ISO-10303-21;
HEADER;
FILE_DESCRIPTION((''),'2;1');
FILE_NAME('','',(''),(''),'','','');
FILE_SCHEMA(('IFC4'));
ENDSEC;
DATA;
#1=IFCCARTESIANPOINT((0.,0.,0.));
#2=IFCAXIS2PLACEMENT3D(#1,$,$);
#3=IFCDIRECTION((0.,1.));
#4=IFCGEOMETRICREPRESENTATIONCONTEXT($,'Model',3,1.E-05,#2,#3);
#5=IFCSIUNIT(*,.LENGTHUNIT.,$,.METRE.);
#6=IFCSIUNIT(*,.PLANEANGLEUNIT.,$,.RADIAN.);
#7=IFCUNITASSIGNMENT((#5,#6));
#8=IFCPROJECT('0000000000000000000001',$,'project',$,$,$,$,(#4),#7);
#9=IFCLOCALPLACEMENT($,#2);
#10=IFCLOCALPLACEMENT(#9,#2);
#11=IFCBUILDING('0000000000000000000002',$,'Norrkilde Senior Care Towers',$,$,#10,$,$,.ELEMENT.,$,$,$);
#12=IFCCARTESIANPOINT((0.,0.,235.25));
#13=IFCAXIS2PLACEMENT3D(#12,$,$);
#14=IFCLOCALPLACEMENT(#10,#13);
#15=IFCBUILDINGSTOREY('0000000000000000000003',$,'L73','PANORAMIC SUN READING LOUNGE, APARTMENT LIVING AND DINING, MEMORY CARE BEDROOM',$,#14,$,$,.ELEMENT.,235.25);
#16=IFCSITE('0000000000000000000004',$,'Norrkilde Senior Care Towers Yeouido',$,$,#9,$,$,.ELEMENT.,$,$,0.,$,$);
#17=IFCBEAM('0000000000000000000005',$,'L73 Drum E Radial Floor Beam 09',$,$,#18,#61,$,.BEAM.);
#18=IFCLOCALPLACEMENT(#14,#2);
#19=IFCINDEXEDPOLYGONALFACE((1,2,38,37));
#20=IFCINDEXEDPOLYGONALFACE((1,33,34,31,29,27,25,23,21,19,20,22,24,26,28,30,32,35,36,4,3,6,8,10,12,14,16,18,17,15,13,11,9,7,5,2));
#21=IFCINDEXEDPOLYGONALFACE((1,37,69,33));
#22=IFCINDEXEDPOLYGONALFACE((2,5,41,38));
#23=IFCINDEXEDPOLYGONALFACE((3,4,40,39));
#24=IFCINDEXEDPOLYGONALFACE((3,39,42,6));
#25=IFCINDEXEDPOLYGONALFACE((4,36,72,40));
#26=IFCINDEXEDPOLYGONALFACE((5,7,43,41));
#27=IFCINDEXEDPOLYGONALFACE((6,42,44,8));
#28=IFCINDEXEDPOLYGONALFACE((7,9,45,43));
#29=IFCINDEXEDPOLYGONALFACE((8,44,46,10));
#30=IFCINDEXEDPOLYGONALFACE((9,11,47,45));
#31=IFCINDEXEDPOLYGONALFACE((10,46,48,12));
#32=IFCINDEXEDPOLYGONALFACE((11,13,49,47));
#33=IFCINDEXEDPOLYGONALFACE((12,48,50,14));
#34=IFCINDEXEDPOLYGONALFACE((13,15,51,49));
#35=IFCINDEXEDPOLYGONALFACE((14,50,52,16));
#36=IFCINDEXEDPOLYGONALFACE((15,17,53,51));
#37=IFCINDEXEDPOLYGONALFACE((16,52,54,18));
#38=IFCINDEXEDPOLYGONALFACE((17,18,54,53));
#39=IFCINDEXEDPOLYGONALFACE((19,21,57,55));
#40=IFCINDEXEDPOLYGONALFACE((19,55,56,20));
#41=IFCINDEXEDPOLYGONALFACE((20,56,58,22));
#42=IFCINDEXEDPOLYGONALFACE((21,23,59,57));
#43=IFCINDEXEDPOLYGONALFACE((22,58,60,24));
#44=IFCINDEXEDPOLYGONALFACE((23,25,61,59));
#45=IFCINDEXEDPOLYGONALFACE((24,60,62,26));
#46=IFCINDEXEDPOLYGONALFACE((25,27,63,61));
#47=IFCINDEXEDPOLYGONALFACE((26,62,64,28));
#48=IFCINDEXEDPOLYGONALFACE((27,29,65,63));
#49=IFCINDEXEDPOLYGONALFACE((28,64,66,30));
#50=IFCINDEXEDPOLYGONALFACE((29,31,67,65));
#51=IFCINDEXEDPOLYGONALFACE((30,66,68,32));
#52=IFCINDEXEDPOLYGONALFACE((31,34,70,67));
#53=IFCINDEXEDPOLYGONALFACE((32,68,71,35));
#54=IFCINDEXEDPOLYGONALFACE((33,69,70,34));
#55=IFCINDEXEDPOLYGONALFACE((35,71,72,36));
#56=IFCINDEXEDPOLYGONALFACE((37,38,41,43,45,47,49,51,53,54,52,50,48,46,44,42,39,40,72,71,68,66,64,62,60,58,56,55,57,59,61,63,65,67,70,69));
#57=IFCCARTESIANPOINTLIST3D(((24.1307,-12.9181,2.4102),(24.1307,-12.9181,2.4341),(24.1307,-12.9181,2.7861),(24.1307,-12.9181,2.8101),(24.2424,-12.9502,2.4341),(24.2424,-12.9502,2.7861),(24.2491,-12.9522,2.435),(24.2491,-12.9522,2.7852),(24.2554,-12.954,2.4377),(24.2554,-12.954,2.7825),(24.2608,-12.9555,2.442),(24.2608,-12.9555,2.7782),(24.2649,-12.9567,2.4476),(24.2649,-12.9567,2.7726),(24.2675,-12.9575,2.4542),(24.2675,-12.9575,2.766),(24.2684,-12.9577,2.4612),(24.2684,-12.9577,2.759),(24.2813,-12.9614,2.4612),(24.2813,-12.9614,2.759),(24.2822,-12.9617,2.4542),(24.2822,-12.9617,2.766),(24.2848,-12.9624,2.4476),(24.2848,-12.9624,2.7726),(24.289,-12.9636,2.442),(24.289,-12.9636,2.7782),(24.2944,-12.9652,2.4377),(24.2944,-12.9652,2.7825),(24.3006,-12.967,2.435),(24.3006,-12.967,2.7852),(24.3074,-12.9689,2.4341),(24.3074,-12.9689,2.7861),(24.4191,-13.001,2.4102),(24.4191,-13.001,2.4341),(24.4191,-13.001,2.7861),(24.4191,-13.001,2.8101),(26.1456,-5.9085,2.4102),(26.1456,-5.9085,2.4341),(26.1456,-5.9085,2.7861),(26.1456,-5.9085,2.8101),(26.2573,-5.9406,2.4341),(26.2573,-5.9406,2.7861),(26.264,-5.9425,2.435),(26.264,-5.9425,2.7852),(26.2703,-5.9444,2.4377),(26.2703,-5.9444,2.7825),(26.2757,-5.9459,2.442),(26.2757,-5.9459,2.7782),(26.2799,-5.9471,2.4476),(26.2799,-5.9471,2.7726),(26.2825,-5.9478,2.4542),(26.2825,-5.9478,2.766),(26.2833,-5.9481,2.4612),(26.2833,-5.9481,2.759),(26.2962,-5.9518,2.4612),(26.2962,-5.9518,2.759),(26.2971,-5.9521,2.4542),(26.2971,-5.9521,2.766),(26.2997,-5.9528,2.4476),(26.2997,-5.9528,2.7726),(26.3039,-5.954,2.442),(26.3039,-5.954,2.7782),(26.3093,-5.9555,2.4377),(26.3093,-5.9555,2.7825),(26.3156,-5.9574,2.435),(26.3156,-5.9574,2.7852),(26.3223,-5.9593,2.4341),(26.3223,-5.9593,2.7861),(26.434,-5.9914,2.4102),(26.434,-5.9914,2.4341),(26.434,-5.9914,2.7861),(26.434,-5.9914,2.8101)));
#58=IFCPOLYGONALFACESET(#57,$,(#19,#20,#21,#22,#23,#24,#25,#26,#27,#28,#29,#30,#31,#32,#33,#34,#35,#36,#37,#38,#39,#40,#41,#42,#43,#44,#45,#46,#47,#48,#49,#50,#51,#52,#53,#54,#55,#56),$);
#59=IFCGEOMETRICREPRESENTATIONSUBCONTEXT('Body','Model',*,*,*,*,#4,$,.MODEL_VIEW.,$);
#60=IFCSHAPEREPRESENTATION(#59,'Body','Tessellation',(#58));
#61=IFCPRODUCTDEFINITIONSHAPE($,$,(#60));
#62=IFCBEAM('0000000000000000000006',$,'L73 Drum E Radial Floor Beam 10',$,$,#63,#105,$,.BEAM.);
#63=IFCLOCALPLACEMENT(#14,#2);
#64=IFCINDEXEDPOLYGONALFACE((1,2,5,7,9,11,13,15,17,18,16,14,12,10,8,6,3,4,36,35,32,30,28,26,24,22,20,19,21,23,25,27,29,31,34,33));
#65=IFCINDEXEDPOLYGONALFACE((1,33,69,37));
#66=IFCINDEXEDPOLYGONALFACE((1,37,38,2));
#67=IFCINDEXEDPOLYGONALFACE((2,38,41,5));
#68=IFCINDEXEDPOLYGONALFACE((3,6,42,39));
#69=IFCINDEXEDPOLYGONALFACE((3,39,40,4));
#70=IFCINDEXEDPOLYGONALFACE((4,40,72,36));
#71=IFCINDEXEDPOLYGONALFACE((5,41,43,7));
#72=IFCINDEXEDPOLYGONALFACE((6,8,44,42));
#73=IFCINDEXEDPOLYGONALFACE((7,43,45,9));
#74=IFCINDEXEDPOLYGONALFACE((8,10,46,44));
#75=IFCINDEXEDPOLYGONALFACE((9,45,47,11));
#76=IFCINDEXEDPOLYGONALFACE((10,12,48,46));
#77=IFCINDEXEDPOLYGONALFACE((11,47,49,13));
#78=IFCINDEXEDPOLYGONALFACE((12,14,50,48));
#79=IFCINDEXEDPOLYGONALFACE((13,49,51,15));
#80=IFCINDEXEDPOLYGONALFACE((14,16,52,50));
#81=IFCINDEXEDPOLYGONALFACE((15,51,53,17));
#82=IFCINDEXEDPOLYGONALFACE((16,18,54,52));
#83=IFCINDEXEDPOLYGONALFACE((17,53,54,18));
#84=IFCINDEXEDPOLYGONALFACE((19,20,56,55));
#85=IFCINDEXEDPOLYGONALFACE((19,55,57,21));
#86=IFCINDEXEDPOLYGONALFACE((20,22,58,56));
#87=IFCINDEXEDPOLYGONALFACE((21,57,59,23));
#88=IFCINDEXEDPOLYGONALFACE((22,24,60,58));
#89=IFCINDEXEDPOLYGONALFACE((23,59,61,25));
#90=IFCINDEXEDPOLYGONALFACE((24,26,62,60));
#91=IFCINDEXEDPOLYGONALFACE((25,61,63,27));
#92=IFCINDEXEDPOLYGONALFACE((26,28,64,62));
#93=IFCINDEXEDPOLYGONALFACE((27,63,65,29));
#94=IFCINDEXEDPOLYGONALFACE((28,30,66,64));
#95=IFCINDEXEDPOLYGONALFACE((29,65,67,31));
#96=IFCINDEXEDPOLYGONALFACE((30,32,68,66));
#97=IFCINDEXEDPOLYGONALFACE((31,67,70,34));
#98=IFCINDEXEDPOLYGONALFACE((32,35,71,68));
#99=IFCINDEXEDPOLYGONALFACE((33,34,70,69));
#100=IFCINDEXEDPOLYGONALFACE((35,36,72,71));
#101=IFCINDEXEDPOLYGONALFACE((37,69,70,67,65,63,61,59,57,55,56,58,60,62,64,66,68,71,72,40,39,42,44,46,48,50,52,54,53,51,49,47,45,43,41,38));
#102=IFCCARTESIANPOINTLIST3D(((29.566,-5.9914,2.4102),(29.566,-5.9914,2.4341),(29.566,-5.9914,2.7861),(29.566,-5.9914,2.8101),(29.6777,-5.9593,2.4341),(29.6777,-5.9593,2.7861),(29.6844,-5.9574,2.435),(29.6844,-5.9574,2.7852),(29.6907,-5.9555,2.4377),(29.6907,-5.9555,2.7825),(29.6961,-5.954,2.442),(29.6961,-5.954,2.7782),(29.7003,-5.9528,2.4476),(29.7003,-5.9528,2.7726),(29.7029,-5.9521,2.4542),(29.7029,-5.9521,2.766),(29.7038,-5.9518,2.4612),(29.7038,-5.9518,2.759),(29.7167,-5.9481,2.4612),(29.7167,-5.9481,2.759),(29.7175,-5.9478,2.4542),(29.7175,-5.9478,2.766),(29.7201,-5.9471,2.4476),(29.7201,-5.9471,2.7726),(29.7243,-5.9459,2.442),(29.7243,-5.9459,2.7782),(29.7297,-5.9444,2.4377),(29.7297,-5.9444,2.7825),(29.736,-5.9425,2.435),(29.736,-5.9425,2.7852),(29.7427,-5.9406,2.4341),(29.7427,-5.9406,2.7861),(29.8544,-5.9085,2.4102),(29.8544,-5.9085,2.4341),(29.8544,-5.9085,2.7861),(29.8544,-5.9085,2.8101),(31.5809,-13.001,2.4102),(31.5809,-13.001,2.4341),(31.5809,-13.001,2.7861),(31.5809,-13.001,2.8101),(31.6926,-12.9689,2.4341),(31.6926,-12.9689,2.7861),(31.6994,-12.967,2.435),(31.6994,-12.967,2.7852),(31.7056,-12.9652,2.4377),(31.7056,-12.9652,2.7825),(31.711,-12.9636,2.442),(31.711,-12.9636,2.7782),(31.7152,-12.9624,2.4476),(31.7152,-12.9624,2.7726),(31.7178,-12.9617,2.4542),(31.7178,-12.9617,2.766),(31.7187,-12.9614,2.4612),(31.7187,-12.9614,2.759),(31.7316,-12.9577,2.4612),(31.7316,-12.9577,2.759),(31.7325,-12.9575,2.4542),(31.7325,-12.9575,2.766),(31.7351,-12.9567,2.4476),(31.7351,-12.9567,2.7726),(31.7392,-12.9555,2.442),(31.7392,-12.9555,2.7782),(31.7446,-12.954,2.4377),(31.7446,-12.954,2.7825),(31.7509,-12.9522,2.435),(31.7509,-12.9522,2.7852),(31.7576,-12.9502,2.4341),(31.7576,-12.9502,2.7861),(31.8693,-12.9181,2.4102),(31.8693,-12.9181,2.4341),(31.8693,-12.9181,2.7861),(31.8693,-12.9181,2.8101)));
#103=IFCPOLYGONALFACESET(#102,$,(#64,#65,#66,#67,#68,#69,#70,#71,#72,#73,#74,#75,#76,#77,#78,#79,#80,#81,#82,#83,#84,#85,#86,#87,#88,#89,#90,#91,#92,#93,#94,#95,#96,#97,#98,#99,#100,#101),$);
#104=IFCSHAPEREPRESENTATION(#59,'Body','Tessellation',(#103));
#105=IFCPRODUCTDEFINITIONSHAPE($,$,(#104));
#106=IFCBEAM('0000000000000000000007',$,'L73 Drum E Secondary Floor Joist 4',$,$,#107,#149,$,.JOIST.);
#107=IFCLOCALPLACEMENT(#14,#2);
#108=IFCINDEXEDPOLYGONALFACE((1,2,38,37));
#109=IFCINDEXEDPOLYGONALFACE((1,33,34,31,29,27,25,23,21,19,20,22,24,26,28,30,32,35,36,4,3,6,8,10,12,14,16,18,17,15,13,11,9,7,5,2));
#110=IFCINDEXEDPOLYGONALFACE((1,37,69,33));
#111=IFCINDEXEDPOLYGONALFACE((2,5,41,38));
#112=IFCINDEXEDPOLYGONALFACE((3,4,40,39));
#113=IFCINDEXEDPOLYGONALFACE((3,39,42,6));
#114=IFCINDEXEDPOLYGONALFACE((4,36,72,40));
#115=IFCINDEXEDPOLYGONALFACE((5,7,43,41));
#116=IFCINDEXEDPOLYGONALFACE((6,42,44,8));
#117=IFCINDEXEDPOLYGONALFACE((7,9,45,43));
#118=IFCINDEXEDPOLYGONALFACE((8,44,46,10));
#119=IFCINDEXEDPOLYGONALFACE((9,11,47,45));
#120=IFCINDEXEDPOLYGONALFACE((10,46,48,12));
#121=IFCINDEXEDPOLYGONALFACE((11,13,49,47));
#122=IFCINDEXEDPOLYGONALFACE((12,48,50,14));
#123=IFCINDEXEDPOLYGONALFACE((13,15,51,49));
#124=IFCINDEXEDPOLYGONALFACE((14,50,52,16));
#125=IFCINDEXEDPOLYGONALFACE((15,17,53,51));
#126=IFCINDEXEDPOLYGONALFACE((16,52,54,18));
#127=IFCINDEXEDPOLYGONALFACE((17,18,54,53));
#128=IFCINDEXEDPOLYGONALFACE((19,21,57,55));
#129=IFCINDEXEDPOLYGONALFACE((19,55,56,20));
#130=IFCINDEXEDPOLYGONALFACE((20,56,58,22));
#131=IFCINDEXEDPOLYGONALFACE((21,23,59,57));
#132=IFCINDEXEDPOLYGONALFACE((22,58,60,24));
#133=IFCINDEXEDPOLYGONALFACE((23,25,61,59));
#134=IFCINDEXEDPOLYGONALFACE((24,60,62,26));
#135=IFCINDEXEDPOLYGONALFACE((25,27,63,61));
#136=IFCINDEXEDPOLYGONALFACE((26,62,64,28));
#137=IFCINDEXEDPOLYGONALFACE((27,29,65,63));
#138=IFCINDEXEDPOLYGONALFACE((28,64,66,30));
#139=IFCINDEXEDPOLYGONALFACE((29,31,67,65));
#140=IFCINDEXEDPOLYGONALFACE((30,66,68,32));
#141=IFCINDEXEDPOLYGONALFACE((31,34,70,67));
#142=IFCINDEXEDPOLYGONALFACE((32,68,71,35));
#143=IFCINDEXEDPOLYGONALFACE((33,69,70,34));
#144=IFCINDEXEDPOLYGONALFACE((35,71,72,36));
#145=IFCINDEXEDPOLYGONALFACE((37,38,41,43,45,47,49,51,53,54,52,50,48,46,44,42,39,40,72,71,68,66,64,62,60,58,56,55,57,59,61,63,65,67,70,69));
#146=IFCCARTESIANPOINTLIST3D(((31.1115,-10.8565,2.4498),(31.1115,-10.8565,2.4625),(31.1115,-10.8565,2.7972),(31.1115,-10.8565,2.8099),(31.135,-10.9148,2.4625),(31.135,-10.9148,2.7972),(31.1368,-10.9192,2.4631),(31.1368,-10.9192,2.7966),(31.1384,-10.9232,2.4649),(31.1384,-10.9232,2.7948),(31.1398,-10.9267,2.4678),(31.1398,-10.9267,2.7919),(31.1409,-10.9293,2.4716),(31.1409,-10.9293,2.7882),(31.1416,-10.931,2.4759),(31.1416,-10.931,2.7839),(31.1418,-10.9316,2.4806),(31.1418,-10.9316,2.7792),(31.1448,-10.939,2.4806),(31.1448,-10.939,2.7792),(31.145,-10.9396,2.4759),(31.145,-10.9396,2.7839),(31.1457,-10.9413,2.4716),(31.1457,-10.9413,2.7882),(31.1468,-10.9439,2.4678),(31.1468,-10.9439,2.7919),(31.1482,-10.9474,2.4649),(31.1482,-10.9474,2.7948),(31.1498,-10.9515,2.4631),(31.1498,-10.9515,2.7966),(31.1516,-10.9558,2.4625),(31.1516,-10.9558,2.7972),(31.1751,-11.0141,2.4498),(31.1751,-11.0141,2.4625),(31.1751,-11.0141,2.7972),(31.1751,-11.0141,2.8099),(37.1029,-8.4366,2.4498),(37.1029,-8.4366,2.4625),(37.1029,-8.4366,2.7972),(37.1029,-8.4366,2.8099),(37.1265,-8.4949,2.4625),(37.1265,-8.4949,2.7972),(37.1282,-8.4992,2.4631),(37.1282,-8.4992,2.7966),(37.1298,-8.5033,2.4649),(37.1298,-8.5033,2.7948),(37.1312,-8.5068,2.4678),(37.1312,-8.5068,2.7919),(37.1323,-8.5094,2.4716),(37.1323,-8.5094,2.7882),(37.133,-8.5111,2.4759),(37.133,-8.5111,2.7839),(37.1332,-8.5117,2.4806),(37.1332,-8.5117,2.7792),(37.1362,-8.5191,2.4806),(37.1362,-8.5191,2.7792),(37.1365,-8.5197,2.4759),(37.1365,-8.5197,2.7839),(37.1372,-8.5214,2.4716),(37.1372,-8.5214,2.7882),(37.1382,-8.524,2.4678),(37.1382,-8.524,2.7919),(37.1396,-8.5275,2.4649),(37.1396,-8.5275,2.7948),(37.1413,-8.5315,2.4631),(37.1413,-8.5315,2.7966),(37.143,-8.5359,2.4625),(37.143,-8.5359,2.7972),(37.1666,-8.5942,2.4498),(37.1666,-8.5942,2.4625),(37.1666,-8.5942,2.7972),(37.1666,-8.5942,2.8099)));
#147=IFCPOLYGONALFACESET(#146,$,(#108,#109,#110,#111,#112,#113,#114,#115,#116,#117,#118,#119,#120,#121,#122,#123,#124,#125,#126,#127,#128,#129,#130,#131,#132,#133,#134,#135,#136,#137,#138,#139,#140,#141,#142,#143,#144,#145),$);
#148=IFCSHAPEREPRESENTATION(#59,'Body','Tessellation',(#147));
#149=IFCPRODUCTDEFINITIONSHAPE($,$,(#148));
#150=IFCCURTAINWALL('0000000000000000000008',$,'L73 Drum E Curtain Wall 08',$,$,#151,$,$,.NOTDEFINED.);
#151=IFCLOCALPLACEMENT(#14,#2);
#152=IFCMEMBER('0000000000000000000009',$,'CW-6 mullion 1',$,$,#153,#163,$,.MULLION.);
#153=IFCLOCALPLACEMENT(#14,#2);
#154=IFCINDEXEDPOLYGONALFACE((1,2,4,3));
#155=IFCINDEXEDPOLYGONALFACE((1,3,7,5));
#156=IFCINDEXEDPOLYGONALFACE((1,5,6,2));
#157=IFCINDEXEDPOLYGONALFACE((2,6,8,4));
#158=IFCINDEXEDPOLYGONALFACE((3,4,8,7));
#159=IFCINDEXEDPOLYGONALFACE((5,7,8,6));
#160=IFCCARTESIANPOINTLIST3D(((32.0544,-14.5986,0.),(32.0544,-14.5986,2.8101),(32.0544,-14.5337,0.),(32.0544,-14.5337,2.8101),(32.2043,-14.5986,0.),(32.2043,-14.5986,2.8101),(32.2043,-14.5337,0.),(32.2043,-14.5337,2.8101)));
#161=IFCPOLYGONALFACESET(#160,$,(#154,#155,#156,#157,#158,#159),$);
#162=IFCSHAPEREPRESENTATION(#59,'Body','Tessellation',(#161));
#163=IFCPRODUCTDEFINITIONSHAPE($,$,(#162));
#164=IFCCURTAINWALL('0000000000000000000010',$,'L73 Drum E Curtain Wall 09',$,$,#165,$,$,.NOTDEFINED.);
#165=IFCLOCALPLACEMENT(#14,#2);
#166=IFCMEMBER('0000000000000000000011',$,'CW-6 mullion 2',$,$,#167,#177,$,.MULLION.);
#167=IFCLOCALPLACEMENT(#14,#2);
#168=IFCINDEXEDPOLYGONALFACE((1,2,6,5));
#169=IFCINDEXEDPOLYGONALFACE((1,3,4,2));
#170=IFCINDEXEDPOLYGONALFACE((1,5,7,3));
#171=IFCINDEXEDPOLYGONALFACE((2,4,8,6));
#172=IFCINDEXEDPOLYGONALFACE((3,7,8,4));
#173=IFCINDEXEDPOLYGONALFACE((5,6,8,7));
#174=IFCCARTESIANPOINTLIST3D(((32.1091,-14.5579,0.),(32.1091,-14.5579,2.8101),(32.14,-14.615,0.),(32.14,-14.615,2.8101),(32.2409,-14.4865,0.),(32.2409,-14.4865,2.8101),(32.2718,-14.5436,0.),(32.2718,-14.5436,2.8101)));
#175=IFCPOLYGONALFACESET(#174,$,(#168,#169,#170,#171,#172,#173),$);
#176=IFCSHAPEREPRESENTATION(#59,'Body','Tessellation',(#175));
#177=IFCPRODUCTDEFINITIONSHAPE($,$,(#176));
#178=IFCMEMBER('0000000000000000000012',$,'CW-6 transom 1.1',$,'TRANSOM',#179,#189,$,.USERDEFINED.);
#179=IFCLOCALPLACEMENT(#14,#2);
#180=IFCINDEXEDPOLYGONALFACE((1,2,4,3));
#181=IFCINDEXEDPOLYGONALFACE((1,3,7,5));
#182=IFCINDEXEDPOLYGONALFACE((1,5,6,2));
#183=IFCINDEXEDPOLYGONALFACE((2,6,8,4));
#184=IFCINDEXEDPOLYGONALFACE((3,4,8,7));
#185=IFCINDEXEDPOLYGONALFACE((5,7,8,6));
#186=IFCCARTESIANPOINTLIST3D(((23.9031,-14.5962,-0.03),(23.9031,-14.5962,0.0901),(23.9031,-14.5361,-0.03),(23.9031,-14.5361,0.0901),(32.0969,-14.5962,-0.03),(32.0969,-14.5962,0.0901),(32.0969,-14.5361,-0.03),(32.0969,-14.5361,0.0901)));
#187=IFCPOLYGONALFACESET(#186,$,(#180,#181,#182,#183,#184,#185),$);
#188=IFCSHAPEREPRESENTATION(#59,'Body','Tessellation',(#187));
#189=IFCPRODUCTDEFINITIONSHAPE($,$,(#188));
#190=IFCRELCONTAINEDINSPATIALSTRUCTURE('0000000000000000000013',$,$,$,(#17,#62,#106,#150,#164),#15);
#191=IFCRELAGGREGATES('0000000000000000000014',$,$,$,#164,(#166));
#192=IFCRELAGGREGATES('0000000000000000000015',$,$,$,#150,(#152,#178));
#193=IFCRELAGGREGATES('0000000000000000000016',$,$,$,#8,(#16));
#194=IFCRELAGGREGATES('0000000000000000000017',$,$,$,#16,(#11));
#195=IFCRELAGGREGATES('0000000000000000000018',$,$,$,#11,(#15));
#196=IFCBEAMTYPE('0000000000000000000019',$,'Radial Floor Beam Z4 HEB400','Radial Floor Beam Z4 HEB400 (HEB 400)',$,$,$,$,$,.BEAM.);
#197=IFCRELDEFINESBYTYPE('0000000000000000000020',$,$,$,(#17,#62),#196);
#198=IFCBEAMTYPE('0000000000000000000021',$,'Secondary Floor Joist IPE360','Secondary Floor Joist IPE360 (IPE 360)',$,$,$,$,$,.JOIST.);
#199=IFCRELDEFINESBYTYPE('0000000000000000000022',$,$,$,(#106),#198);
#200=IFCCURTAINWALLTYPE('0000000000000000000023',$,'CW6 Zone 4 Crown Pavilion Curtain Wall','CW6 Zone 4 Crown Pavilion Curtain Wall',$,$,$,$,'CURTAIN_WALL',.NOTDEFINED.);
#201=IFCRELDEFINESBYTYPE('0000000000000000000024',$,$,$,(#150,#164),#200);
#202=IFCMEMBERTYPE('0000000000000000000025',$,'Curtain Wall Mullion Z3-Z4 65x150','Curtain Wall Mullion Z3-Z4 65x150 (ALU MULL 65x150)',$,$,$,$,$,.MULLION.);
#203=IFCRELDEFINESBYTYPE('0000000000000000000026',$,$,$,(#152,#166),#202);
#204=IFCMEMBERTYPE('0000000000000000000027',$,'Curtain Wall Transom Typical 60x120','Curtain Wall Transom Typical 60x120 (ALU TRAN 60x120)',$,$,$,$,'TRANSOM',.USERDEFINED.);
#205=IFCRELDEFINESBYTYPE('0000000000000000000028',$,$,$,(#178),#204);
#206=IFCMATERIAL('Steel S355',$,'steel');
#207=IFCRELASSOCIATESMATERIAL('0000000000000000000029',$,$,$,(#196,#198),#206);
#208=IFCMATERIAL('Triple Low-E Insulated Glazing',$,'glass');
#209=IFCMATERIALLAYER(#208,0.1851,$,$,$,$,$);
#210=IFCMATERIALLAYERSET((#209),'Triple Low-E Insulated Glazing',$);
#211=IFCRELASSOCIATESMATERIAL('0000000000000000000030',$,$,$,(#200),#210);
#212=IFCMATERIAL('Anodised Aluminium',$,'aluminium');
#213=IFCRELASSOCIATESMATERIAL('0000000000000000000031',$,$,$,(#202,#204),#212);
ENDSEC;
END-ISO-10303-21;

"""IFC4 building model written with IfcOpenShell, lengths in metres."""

from ifc_helpers import new_model, si_unit, direction, frame, origin, origin_2d, place, context, subcontext, project, spatial, rectangle, i_section, extrude, source, transform, mapped, material, layer, layer_set, material_profile, profile_set, type_object, type_shapes, element, aggregate, save


model = new_model("IFC4")

# Units and contexts
model_context = context("Model", 3, precision=1e-05, world=origin(), true_north=direction((0.0, 1.0)))
body_context = subcontext(model_context, "Body", "Model", "MODEL_VIEW")
ifc_project = project(units=[si_unit("LENGTHUNIT", "METRE"), si_unit("PLANEANGLEUNIT", "RADIAN")], contexts=[model_context])

# Site, building, storey
site_placement = place(None, origin())
site = spatial("IfcSite", under=ifc_project, at=site_placement, Name="Norrkilde Senior Care Towers Yeouido", CompositionType="ELEMENT", RefElevation=0.0)
building_placement = place(site_placement, origin())
building = spatial("IfcBuilding", under=site, at=building_placement, Name="Norrkilde Senior Care Towers", CompositionType="ELEMENT")
storey_placement = place(building_placement, frame((0.0, 0.0, 235.25)))
storey = spatial("IfcBuildingStorey", under=building, at=storey_placement, Name="L73", Description="PANORAMIC SUN READING LOUNGE, APARTMENT LIVING AND DINING, MEMORY CARE BEDROOM", CompositionType="ELEMENT", Elevation=235.25)

# Beams
ifc_material_1 = material(Name="Steel S355", Category="steel")
ifc_material_profile_1 = material_profile(ifc_material_1, i_section(OverallWidth=0.3, OverallDepth=0.3999, WebThickness=0.0134, FlangeThickness=0.0239, FilletRadius=0.0271, at=origin_2d()), Name="HEB 400")
ifc_profile_set_1 = profile_set([ifc_material_profile_1], Name="Steel S355")
beam_type_1 = type_object("IfcBeamType", Name="Radial Floor Beam Z4 HEB400", Description="Radial Floor Beam Z4 HEB400 (HEB 400)", PredefinedType="BEAM", material=ifc_profile_set_1)
shared_shape_1 = source(origin(), body_context, "Body", "SweptSolid", [
    extrude(i_section(OverallWidth=0.3, OverallDepth=0.3999, WebThickness=0.0134, FlangeThickness=0.0239, FilletRadius=0.0271, at=origin_2d()), origin(), (0.0, 0.0, 1.0), 7.2935),
])
for number, where, z_axis, x_axis, name in (
    (1, (26.2898, -5.95, 2.6101), (-0.276264, -0.961082, 0.0), (0.961082, -0.276264, 0.0), "L73 Drum E Radial Floor Beam 09"),
    (2, (29.7102, -5.95, 2.6101), (0.276264, -0.961082, 0.0), (0.961082, 0.276264, 0.0), "L73 Drum E Radial Floor Beam 10"),
):
    element("IfcBeam", number, at=place(storey_placement, frame(where, z_axis=z_axis, x_axis=x_axis)), inside=storey, type_object=beam_type_1, Name=name, PredefinedType="BEAM", context=body_context, shape_type="MappedRepresentation", body=[
        mapped(shared_shape_1, transform((0.0, 0.0, 0.0), x_axis=(1.0, 0.0, 0.0), y_axis=(0.0, 1.0, 0.0), z_axis=(0.0, 0.0, 1.0), scale=1.0)),
    ])
ifc_material_profile_2 = material_profile(ifc_material_1, i_section(OverallWidth=0.1699, OverallDepth=0.3601, WebThickness=0.0081, FlangeThickness=0.0127, FilletRadius=0.0181, at=origin_2d()), Name="IPE 360")
ifc_profile_set_2 = profile_set([ifc_material_profile_2], Name="Steel S355")
beam_type_2 = type_object("IfcBeamType", Name="Secondary Floor Joist IPE360", Description="Secondary Floor Joist IPE360 (IPE 360)", PredefinedType="JOIST", material=ifc_profile_set_2)
shared_shape_2 = source(origin(), body_context, "Body", "SweptSolid", [
    extrude(i_section(OverallWidth=0.1699, OverallDepth=0.3601, WebThickness=0.0081, FlangeThickness=0.0127, FilletRadius=0.0181, at=origin_2d()), origin(), (0.0, 0.0, 1.0), 6.4617),
])
type_shapes(beam_type_2, [shared_shape_2])
beam_1_placement = place(storey_placement, frame((31.1433, -10.9353, 2.6299), z_axis=(0.927226, 0.374502, 0.0), x_axis=(-0.374502, 0.927226, 0.0)))
element("IfcBeam", 3, at=beam_1_placement, inside=storey, type_object=beam_type_2, Name="L73 Drum E Secondary Floor Joist 4", PredefinedType="JOIST", context=body_context, shape_type="MappedRepresentation", body=[
    mapped(shared_shape_2, transform((0.0, 0.0, 0.0), x_axis=(1.0, 0.0, 0.0), y_axis=(0.0, 1.0, 0.0), z_axis=(0.0, 0.0, 1.0), scale=1.0)),
])

# Curtain walls, members
ifc_material_2 = material(Name="Triple Low-E Insulated Glazing", Category="glass")
ifc_layer_1 = layer(ifc_material_2, 0.1851)
ifc_layer_set_1 = layer_set([ifc_layer_1], Name="Triple Low-E Insulated Glazing")
curtain_wall_type = type_object("IfcCurtainWallType", Name="CW6 Zone 4 Crown Pavilion Curtain Wall", Description="CW6 Zone 4 Crown Pavilion Curtain Wall", ElementType="CURTAIN_WALL", PredefinedType="NOTDEFINED", material=ifc_layer_set_1)
curtain_wall_1_placement = place(storey_placement, origin())
curtain_wall_1 = element("IfcCurtainWall", 4, at=curtain_wall_1_placement, inside=storey, type_object=curtain_wall_type, Name="L73 Drum E Curtain Wall 08", PredefinedType="NOTDEFINED")
ifc_material_3 = material(Name="Anodised Aluminium", Category="aluminium")
ifc_material_profile_3 = material_profile(ifc_material_3, rectangle(XDim=0.0649, YDim=0.1499, at=origin_2d()), Name="ALU MULL 65x150")
ifc_profile_set_3 = profile_set([ifc_material_profile_3], Name="Anodised Aluminium")
member_type_1 = type_object("IfcMemberType", Name="Curtain Wall Mullion Z3-Z4 65x150", Description="Curtain Wall Mullion Z3-Z4 65x150 (ALU MULL 65x150)", PredefinedType="MULLION", material=ifc_profile_set_3)
shared_shape_3 = source(origin(), body_context, "Body", "SweptSolid", [
    extrude(rectangle(XDim=0.0649, YDim=0.1499, at=origin_2d()), origin(), (0.0, 0.0, 1.0), 2.8101),
])
type_shapes(member_type_1, [shared_shape_3])
member_1_placement = place(storey_placement, frame((32.1294, -14.5662, 0.0), z_axis=(0.0, 0.0, 1.0), x_axis=(0.0, -1.0, 0.0)))
member_1 = element("IfcMember", 5, at=member_1_placement, type_object=member_type_1, Name="CW-6 mullion 1", PredefinedType="MULLION", context=body_context, shape_type="MappedRepresentation", body=[
    mapped(shared_shape_3, transform((0.0, 0.0, 0.0), x_axis=(1.0, 0.0, 0.0), y_axis=(0.0, 1.0, 0.0), z_axis=(0.0, 0.0, 1.0), scale=1.0)),
])
curtain_wall_2_placement = place(storey_placement, origin())
curtain_wall_2 = element("IfcCurtainWall", 6, at=curtain_wall_2_placement, inside=storey, type_object=curtain_wall_type, Name="L73 Drum E Curtain Wall 09", PredefinedType="NOTDEFINED")
member_2_placement = place(storey_placement, frame((32.1904, -14.5508, 0.0), z_axis=(0.0, 0.0, 1.0), x_axis=(0.476133, -0.879373, 0.0)))
member_2 = element("IfcMember", 7, at=member_2_placement, type_object=member_type_1, Name="CW-6 mullion 2", PredefinedType="MULLION", context=body_context, shape_type="MappedRepresentation", body=[
    mapped(shared_shape_3, transform((0.0, 0.0, 0.0), x_axis=(1.0, 0.0, 0.0), y_axis=(0.0, 1.0, 0.0), z_axis=(0.0, 0.0, 1.0), scale=1.0)),
])
aggregate(curtain_wall_2, [member_2])

# Member
ifc_material_profile_4 = material_profile(ifc_material_3, rectangle(XDim=0.0601, YDim=0.1201, at=origin_2d()), Name="ALU TRAN 60x120")
ifc_profile_set_4 = profile_set([ifc_material_profile_4], Name="Anodised Aluminium")
member_type_2 = type_object("IfcMemberType", Name="Curtain Wall Transom Typical 60x120", Description="Curtain Wall Transom Typical 60x120 (ALU TRAN 60x120)", ElementType="TRANSOM", PredefinedType="USERDEFINED", material=ifc_profile_set_4)
shared_shape_4 = source(origin(), body_context, "Body", "SweptSolid", [
    extrude(rectangle(XDim=0.0601, YDim=0.1201, at=origin_2d()), origin(), (0.0, 0.0, 1.0), 8.1938),
])
type_shapes(member_type_2, [shared_shape_4])
member_3_placement = place(storey_placement, frame((32.0969, -14.5662, 0.03), z_axis=(-1.0, 0.0, 0.0), x_axis=(0.0, -1.0, 0.0)))
member_3 = element("IfcMember", 8, at=member_3_placement, type_object=member_type_2, Name="CW-6 transom 1.1", ObjectType="TRANSOM", PredefinedType="USERDEFINED", context=body_context, shape_type="MappedRepresentation", body=[
    mapped(shared_shape_4, transform((0.0, 0.0, 0.0), x_axis=(1.0, 0.0, 0.0), y_axis=(0.0, 1.0, 0.0), z_axis=(0.0, 0.0, 1.0), scale=1.0)),
])

aggregate(curtain_wall_1, [member_1, member_3])

save(model, "model.ifc")
